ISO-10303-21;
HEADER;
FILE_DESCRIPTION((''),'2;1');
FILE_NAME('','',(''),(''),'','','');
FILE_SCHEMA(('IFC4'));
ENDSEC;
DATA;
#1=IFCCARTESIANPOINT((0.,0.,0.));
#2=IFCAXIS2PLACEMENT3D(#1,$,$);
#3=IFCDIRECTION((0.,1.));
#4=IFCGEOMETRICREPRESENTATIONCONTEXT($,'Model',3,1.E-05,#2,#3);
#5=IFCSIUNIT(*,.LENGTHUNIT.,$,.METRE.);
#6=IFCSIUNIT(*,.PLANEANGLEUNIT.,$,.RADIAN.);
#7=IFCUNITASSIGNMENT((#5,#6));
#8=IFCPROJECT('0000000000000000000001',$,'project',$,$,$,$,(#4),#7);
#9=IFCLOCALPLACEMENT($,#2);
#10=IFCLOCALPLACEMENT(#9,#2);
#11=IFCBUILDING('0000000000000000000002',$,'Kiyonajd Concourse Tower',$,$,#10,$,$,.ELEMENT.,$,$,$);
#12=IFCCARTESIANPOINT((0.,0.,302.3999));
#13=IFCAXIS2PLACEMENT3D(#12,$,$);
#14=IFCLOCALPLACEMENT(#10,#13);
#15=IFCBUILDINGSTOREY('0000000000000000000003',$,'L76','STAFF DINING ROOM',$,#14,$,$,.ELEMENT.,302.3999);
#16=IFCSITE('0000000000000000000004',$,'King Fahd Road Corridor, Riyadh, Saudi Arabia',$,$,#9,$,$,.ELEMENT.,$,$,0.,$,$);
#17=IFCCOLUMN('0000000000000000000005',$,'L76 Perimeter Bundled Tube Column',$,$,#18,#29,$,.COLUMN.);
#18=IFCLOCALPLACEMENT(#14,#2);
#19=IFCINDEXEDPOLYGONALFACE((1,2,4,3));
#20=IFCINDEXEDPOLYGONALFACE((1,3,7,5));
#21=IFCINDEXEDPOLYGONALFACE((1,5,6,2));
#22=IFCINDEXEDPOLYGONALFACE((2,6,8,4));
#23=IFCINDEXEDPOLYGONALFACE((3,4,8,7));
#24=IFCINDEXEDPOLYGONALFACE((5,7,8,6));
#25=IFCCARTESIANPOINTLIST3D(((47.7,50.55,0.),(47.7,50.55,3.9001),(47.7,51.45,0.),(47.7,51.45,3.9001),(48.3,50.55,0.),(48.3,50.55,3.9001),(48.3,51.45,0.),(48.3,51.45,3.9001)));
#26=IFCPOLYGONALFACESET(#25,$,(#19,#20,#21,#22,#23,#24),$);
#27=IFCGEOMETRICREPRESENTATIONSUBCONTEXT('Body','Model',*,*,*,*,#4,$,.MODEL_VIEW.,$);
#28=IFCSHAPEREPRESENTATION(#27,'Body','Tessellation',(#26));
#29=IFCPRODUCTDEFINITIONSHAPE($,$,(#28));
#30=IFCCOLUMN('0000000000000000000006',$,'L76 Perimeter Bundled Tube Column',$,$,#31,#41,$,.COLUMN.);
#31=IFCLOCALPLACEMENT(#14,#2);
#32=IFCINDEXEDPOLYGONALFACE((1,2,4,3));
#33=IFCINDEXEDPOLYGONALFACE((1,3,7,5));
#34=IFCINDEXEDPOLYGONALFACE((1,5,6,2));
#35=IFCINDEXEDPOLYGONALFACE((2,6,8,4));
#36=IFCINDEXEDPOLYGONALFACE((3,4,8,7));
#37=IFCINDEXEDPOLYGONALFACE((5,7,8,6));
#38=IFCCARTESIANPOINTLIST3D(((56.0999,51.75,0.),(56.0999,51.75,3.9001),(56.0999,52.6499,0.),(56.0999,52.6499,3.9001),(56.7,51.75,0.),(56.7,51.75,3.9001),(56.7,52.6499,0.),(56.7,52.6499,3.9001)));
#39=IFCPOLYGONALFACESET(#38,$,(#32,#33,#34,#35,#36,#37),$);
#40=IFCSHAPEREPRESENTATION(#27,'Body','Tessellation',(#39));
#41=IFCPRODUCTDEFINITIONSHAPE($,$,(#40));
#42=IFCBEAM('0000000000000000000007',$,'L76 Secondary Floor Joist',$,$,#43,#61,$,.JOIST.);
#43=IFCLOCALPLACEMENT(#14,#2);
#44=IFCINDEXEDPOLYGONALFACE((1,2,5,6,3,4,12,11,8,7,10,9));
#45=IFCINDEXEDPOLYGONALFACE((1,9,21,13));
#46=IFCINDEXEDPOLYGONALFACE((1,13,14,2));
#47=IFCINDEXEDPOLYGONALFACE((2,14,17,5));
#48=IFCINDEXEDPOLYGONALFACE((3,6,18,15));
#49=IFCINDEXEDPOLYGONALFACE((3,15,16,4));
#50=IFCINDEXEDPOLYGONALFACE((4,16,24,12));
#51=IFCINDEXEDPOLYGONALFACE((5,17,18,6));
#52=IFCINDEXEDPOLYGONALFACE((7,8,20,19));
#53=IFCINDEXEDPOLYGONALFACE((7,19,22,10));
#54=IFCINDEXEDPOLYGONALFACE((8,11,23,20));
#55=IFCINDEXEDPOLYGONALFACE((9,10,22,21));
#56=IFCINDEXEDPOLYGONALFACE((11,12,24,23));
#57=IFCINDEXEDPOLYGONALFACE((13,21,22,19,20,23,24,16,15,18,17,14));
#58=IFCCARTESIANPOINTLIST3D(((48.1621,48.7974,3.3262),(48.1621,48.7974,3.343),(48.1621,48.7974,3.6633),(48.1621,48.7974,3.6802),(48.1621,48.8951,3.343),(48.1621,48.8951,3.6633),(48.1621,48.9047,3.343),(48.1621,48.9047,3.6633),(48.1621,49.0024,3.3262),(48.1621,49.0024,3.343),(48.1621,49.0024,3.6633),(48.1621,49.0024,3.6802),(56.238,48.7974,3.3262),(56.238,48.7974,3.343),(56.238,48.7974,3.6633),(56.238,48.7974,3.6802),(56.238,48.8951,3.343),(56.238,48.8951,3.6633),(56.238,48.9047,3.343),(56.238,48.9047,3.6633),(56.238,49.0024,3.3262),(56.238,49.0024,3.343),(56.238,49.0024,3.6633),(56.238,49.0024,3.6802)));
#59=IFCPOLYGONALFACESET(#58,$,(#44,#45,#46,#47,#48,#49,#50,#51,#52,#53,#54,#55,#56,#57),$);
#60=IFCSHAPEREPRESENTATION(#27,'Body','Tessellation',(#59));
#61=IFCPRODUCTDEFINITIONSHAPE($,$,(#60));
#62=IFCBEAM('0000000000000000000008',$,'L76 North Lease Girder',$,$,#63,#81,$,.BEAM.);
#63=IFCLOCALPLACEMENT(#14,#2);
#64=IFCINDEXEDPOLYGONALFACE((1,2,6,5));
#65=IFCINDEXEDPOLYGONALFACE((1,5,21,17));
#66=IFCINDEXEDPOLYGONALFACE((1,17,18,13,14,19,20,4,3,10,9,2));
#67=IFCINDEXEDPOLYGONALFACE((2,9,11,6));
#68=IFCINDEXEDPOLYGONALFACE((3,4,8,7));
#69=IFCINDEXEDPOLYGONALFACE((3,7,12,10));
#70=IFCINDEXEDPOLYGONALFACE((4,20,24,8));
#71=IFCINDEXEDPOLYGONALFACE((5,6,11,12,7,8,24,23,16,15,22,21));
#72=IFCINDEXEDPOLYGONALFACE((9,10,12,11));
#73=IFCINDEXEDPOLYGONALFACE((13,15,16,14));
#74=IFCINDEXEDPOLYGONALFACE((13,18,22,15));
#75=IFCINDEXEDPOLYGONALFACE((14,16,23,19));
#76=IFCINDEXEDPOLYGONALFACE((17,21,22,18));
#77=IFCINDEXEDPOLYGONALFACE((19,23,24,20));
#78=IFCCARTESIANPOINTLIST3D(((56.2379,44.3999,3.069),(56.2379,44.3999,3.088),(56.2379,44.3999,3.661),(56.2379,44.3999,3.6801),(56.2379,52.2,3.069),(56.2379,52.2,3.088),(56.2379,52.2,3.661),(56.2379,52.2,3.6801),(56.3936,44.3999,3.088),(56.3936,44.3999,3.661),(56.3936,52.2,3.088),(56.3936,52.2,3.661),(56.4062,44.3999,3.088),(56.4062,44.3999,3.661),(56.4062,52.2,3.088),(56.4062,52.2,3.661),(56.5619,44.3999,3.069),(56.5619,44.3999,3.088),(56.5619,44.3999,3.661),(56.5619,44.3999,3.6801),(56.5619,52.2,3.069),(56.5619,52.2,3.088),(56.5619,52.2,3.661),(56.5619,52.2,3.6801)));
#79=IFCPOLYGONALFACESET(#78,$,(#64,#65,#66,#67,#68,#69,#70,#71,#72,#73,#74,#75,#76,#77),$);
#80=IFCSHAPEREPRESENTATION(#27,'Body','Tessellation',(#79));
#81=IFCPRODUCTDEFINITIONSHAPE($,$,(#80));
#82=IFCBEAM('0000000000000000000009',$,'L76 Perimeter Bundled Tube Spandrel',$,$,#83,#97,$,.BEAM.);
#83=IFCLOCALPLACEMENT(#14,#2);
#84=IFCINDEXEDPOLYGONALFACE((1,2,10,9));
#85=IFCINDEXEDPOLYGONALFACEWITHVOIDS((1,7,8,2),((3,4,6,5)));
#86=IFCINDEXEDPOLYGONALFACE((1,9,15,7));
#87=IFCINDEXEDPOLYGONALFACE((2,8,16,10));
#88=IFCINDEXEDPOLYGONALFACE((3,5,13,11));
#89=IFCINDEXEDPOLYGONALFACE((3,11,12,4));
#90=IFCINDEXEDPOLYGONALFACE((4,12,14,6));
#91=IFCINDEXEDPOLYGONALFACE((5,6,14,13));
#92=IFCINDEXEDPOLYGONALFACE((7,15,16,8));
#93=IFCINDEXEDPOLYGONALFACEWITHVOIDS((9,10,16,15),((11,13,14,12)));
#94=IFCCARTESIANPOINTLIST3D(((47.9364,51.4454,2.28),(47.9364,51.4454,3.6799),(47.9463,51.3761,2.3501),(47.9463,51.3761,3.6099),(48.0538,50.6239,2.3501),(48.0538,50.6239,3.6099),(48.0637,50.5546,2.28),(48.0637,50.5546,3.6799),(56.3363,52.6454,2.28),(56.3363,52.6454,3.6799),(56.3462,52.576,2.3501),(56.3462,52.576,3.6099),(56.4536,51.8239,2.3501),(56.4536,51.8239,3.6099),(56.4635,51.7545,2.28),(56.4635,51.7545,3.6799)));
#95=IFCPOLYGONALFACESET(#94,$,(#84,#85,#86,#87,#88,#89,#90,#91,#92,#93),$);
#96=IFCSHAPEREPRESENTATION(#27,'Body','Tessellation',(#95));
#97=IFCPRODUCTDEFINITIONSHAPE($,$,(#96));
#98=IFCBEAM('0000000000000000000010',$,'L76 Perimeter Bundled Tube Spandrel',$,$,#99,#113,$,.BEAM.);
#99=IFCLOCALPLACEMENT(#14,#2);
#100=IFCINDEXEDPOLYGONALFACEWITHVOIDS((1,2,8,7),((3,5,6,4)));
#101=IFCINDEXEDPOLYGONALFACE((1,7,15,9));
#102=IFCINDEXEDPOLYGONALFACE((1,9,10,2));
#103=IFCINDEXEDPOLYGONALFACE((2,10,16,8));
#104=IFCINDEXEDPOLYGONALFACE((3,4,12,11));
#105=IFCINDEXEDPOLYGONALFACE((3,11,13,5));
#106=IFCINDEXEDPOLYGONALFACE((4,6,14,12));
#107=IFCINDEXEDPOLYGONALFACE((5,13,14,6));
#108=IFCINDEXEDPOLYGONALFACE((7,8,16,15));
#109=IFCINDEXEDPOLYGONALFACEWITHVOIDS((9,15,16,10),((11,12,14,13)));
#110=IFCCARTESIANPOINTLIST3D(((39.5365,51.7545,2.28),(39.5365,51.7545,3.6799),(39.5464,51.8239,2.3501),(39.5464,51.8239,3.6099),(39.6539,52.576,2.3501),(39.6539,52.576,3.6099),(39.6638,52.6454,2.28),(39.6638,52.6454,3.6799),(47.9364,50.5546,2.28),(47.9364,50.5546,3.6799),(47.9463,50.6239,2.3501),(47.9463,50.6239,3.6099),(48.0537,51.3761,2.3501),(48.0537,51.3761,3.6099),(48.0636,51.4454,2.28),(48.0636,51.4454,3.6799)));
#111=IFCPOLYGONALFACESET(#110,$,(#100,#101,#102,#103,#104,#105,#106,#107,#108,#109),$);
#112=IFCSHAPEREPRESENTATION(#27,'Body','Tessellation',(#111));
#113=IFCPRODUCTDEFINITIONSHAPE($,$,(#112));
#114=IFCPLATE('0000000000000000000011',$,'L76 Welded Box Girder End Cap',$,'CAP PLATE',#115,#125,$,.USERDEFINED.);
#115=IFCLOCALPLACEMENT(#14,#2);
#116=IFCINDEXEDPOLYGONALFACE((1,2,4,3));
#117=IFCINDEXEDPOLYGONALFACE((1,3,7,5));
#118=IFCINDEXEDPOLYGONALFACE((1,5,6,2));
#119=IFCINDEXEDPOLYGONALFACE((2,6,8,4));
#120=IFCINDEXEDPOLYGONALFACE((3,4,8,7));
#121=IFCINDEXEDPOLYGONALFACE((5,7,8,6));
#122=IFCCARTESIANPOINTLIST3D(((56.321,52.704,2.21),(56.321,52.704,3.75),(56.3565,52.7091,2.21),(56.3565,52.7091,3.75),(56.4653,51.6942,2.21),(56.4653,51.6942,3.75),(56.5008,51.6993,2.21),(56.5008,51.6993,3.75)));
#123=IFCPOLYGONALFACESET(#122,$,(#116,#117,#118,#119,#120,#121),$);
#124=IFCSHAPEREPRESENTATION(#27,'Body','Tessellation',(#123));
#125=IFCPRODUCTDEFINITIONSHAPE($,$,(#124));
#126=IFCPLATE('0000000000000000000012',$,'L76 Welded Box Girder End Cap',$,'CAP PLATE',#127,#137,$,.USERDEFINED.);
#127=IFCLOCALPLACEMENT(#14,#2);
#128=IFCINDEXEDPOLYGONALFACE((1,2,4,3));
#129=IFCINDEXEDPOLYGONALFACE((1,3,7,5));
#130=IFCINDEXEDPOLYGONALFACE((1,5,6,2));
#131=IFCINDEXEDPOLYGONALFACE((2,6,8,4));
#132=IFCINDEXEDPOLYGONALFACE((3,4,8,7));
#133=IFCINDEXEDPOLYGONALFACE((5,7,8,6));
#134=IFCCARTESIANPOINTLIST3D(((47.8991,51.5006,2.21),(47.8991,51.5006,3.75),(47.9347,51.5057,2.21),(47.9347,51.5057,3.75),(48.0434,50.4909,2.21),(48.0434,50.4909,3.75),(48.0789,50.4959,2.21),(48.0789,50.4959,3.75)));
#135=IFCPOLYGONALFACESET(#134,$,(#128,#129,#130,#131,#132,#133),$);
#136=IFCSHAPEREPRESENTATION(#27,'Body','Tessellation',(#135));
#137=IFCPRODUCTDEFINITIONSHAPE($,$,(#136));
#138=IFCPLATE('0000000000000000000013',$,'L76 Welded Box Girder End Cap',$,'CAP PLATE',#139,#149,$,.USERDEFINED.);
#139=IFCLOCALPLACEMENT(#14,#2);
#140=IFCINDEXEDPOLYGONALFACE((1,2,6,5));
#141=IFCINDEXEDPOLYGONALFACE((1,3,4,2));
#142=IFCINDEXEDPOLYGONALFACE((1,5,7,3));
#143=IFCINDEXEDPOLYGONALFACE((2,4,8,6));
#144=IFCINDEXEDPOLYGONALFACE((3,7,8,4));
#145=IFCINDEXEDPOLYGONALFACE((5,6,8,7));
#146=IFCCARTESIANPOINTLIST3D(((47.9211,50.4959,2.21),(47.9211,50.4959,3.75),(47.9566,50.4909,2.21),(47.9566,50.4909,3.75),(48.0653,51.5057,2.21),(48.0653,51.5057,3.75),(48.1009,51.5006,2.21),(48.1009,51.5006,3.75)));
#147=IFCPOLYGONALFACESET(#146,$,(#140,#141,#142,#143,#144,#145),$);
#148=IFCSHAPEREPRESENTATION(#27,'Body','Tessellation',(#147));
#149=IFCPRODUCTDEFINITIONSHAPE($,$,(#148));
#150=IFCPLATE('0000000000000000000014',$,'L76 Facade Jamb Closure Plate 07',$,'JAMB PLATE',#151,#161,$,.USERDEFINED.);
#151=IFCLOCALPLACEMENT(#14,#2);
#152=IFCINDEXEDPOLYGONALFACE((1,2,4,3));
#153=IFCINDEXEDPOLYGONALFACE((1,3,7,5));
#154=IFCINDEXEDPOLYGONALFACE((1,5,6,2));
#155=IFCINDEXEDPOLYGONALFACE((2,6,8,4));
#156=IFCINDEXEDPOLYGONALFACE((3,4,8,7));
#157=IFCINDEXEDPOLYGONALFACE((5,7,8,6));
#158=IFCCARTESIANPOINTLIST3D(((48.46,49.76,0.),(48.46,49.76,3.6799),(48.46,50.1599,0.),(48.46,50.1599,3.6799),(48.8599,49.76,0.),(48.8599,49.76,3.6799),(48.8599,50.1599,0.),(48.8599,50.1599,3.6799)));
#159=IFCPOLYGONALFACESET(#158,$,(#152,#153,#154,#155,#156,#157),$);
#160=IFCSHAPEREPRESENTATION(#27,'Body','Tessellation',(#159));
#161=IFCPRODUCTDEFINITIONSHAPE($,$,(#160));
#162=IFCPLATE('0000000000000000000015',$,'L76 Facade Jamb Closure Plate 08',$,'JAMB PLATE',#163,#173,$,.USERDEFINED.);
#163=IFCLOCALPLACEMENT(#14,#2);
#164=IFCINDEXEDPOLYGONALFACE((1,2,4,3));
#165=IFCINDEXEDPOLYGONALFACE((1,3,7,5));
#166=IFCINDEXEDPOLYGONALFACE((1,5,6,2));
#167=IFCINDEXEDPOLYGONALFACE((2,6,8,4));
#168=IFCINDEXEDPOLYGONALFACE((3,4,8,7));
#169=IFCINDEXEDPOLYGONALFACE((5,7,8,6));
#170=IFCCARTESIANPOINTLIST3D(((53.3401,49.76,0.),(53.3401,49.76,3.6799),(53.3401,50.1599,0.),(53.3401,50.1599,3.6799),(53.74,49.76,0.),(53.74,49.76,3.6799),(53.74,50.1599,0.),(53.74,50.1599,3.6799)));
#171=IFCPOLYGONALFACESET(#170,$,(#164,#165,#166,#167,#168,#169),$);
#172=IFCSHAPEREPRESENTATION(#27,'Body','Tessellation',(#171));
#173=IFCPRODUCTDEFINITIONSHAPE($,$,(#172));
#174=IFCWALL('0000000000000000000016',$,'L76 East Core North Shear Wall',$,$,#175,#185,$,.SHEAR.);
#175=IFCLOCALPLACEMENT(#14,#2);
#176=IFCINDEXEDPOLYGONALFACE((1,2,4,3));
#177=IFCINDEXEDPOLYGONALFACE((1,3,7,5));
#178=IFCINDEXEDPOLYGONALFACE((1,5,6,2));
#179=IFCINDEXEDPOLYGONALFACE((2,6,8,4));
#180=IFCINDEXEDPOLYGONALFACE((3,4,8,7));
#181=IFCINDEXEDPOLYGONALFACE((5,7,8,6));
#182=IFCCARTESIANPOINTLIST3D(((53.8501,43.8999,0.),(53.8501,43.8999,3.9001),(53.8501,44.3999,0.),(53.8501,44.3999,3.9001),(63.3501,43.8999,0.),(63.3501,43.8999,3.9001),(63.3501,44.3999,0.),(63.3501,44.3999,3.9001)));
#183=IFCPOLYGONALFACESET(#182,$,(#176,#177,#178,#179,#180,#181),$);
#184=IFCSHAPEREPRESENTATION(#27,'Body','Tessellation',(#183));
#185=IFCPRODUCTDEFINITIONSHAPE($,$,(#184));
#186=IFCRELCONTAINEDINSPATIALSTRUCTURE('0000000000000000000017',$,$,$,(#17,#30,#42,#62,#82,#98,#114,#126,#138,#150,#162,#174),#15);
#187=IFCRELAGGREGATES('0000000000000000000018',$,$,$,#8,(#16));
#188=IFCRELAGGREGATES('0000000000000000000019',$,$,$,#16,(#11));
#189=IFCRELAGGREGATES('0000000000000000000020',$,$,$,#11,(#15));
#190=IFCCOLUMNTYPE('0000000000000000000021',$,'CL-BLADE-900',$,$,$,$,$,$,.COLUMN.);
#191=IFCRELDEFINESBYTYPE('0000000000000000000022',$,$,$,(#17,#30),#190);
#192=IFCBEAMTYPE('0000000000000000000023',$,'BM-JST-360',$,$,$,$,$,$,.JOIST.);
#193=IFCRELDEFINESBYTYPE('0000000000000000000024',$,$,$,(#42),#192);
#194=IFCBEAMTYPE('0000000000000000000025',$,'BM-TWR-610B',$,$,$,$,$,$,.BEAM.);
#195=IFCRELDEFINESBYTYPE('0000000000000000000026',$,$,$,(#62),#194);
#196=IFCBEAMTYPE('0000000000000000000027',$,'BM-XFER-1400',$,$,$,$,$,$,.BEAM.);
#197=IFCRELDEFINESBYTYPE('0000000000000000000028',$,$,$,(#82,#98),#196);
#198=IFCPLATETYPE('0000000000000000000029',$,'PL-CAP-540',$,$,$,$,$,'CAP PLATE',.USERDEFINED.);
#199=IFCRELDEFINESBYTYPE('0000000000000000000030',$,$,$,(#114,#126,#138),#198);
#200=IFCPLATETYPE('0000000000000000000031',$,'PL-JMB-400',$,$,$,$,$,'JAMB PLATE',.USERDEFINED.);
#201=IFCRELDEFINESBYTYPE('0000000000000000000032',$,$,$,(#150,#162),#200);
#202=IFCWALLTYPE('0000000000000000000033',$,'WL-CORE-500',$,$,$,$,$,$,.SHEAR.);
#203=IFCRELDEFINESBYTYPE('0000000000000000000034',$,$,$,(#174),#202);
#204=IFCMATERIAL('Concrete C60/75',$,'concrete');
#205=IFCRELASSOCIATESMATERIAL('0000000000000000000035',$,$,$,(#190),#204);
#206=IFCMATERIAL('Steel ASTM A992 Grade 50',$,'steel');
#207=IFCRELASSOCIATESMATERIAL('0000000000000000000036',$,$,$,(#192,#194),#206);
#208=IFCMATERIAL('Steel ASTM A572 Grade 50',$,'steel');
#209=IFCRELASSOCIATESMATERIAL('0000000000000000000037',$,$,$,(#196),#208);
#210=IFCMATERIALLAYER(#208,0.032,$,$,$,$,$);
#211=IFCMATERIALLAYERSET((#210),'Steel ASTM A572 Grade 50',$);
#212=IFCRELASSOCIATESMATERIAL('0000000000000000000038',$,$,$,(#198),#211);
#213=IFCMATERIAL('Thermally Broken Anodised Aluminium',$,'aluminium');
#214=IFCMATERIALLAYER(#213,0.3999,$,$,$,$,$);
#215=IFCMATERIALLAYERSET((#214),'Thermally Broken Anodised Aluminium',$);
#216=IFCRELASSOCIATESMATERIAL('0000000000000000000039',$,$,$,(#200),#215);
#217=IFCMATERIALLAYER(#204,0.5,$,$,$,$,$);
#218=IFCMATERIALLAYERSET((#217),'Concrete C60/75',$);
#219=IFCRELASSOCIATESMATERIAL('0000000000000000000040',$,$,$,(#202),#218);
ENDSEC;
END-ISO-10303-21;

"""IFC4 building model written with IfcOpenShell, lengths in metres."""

from ifc_helpers import new_model, si_unit, direction, frame, frame_2d, origin, origin_2d, place, context, subcontext, project, spatial, rectangle, hollow_rectangle, i_section, extrude, material, layer, layer_set, material_profile, profile_set, type_object, element, save


model = new_model("IFC4")

# Units and contexts
model_context = context("Model", 3, precision=1e-05, world=origin(), true_north=direction((0.0, 1.0)))
body_context = subcontext(model_context, "Body", "Model", "MODEL_VIEW")
ifc_project = project(units=[si_unit("LENGTHUNIT", "METRE"), si_unit("PLANEANGLEUNIT", "RADIAN")], contexts=[model_context])

# Site, building, storey
site_placement = place(None, origin())
site = spatial("IfcSite", under=ifc_project, at=site_placement, Name="King Fahd Road Corridor, Riyadh, Saudi Arabia", CompositionType="ELEMENT", RefElevation=0.0)
building_placement = place(site_placement, origin())
building = spatial("IfcBuilding", under=site, at=building_placement, Name="Kiyonajd Concourse Tower", CompositionType="ELEMENT")
storey_placement = place(building_placement, frame((0.0, 0.0, 302.3999)))
storey = spatial("IfcBuildingStorey", under=building, at=storey_placement, Name="L76", Description="STAFF DINING ROOM", CompositionType="ELEMENT", Elevation=302.3999)

# Columns
ifc_material_1 = material(Name="Concrete C60/75", Category="concrete")
ifc_material_profile_1 = material_profile(ifc_material_1, rectangle(XDim=0.6001, YDim=0.8999, at=origin_2d()), Name="RC-900x600")
ifc_profile_set_1 = profile_set([ifc_material_profile_1], Name="Concrete C60/75")
column_type = type_object("IfcColumnType", Name="CL-BLADE-900", PredefinedType="COLUMN", material=ifc_profile_set_1)
for number, where, z_axis, x_axis, name in (
    (1, (48.0, 51.0, 0.0), (0.0, 0.0, 1.0), (1.0, 0.0, 0.0), "L76 Perimeter Bundled Tube Column"),
    (2, (56.3999, 52.2, 0.0), (0.0, 0.0, 1.0), (1.0, 0.0, 0.0), "L76 Perimeter Bundled Tube Column"),
):
    element("IfcColumn", number, at=place(storey_placement, frame(where, z_axis=z_axis, x_axis=x_axis)), inside=storey, type_object=column_type, Name=name, PredefinedType="COLUMN", context=body_context, shape_type="SweptSolid", body=[
        extrude(rectangle(XDim=0.6001, YDim=0.8999, at=origin_2d()), origin(), (0.0, 0.0, 1.0), 3.9001),
    ])

# Beams
ifc_material_2 = material(Name="Steel ASTM A992 Grade 50", Category="steel")
ifc_material_profile_2 = material_profile(ifc_material_2, i_section(OverallWidth=0.2051, OverallDepth=0.354, WebThickness=0.0095, FlangeThickness=0.0168, at=origin_2d()), Name="W360X79")
ifc_profile_set_2 = profile_set([ifc_material_profile_2], Name="Steel ASTM A992 Grade 50")
beam_type_1 = type_object("IfcBeamType", Name="BM-JST-360", PredefinedType="JOIST", material=ifc_profile_set_2)
beam_1_placement = place(storey_placement, frame((48.1621, 48.8999, 3.5032), z_axis=(1.0, 0.0, 0.0), x_axis=(0.0, 1.0, 0.0)))
element("IfcBeam", 3, at=beam_1_placement, inside=storey, type_object=beam_type_1, Name="L76 Secondary Floor Joist", PredefinedType="JOIST", context=body_context, shape_type="SweptSolid", body=[
    extrude(i_section(OverallWidth=0.2051, OverallDepth=0.354, WebThickness=0.0095, FlangeThickness=0.0168, at=origin_2d()), origin(), (0.0, 0.0, 1.0), 8.0759),
])
ifc_material_profile_3 = material_profile(ifc_material_2, i_section(OverallWidth=0.324, OverallDepth=0.6111, WebThickness=0.0127, FlangeThickness=0.019, at=origin_2d()), Name="W610X155")
ifc_profile_set_3 = profile_set([ifc_material_profile_3], Name="Steel ASTM A992 Grade 50")
beam_type_2 = type_object("IfcBeamType", Name="BM-TWR-610B", PredefinedType="BEAM", material=ifc_profile_set_3)
beam_2_placement = place(storey_placement, frame((56.3999, 44.3999, 3.3745), z_axis=(0.0, 1.0, 0.0), x_axis=(-1.0, 0.0, 0.0)))
element("IfcBeam", 4, at=beam_2_placement, inside=storey, type_object=beam_type_2, Name="L76 North Lease Girder", PredefinedType="BEAM", context=body_context, shape_type="SweptSolid", body=[
    extrude(i_section(OverallWidth=0.324, OverallDepth=0.6111, WebThickness=0.0127, FlangeThickness=0.019, at=origin_2d()), origin(), (0.0, 0.0, 1.0), 7.8),
])
ifc_material_3 = material(Name="Steel ASTM A572 Grade 50", Category="steel")
ifc_material_profile_4 = material_profile(ifc_material_3, hollow_rectangle(XDim=0.8999, YDim=1.3999, WallThickness=0.0701, at=origin_2d()), Name="BOX-1400x900x70")
ifc_profile_set_4 = profile_set([ifc_material_profile_4], Name="Steel ASTM A572 Grade 50")
beam_type_3 = type_object("IfcBeamType", Name="BM-XFER-1400", PredefinedType="BEAM", material=ifc_profile_set_4)
for number, where, z_axis, x_axis, name in (
    (5, (56.3999, 52.2, 2.98), (-0.98995, -0.141417, 0.0), (0.141417, -0.98995, 0.0), "L76 Perimeter Bundled Tube Spandrel"),
    (6, (48.0, 51.0, 2.98), (-0.98995, 0.141417, 0.0), (-0.141417, -0.98995, 0.0), "L76 Perimeter Bundled Tube Spandrel"),
):
    element("IfcBeam", number, at=place(storey_placement, frame(where, z_axis=z_axis, x_axis=x_axis)), inside=storey, type_object=beam_type_3, Name=name, PredefinedType="BEAM", context=body_context, shape_type="SweptSolid", body=[
        extrude(hollow_rectangle(XDim=0.8999, YDim=1.3999, WallThickness=0.0701, at=origin_2d()), origin(), (0.0, 0.0, 1.0), 8.4851),
    ])

# Plates
ifc_layer_1 = layer(ifc_material_3, 0.032)
ifc_layer_set_1 = layer_set([ifc_layer_1], Name="Steel ASTM A572 Grade 50")
plate_type_1 = type_object("IfcPlateType", Name="PL-CAP-540", ElementType="CAP PLATE", PredefinedType="USERDEFINED", material=ifc_layer_set_1)
for number, where, z_axis, x_axis, name in (
    (7, (56.4109, 52.2017, 2.21), (0.0, 0.0, 1.0), (0.98995, 0.14142, 0.0), "L76 Welded Box Girder End Cap"),
    (8, (47.989, 50.9983, 2.21), (0.0, 0.0, 1.0), (-0.98995, -0.14142, 0.0), "L76 Welded Box Girder End Cap"),
    (9, (48.011, 50.9983, 2.21), (0.0, 0.0, 1.0), (0.98995, -0.14142, 0.0), "L76 Welded Box Girder End Cap"),
):
    element("IfcPlate", number, at=place(storey_placement, frame(where, z_axis=z_axis, x_axis=x_axis)), inside=storey, type_object=plate_type_1, Name=name, ObjectType="CAP PLATE", PredefinedType="USERDEFINED", context=body_context, shape_type="SweptSolid", body=[
        extrude(rectangle(XDim=0.0359, YDim=1.02, at=origin_2d()), origin(), (0.0, 0.0, 1.0), 1.54),
    ])
ifc_material_4 = material(Name="Thermally Broken Anodised Aluminium", Category="aluminium")
ifc_layer_2 = layer(ifc_material_4, 0.3999)
ifc_layer_set_2 = layer_set([ifc_layer_2], Name="Thermally Broken Anodised Aluminium")
plate_type_2 = type_object("IfcPlateType", Name="PL-JMB-400", ElementType="JAMB PLATE", PredefinedType="USERDEFINED", material=ifc_layer_set_2)
for number, where, z_axis, x_axis, name in (
    (10, (48.6599, 49.96, 0.0), (0.0, 0.0, 1.0), (1.0, 0.0, 0.0), "L76 Facade Jamb Closure Plate 07"),
    (11, (53.54, 49.96, 0.0), (0.0, 0.0, 1.0), (1.0, 0.0, 0.0), "L76 Facade Jamb Closure Plate 08"),
):
    element("IfcPlate", number, at=place(storey_placement, frame(where, z_axis=z_axis, x_axis=x_axis)), inside=storey, type_object=plate_type_2, Name=name, ObjectType="JAMB PLATE", PredefinedType="USERDEFINED", context=body_context, shape_type="SweptSolid", body=[
        extrude(rectangle(XDim=0.3999, YDim=0.3999, at=origin_2d()), origin(), (0.0, 0.0, 1.0), 3.6799),
    ])

# Wall
ifc_layer_3 = layer(ifc_material_1, 0.5)
ifc_layer_set_3 = layer_set([ifc_layer_3], Name="Concrete C60/75")
wall_type_1 = type_object("IfcWallType", Name="WL-CORE-500", PredefinedType="SHEAR", material=ifc_layer_set_3)
wall_1_placement = place(storey_placement, frame((53.8501, 44.1499, 0.0), z_axis=(0.0, 0.0, 1.0), x_axis=(1.0, 0.0, 0.0)))
element("IfcWall", 12, at=wall_1_placement, inside=storey, type_object=wall_type_1, Name="L76 East Core North Shear Wall", PredefinedType="SHEAR", context=body_context, shape_type="SweptSolid", body=[
    extrude(rectangle(XDim=9.5, YDim=0.5, at=frame_2d((4.75, 0.0))), origin(), (0.0, 0.0, 1.0), 3.9001),
])

save(model, "model.ifc")
